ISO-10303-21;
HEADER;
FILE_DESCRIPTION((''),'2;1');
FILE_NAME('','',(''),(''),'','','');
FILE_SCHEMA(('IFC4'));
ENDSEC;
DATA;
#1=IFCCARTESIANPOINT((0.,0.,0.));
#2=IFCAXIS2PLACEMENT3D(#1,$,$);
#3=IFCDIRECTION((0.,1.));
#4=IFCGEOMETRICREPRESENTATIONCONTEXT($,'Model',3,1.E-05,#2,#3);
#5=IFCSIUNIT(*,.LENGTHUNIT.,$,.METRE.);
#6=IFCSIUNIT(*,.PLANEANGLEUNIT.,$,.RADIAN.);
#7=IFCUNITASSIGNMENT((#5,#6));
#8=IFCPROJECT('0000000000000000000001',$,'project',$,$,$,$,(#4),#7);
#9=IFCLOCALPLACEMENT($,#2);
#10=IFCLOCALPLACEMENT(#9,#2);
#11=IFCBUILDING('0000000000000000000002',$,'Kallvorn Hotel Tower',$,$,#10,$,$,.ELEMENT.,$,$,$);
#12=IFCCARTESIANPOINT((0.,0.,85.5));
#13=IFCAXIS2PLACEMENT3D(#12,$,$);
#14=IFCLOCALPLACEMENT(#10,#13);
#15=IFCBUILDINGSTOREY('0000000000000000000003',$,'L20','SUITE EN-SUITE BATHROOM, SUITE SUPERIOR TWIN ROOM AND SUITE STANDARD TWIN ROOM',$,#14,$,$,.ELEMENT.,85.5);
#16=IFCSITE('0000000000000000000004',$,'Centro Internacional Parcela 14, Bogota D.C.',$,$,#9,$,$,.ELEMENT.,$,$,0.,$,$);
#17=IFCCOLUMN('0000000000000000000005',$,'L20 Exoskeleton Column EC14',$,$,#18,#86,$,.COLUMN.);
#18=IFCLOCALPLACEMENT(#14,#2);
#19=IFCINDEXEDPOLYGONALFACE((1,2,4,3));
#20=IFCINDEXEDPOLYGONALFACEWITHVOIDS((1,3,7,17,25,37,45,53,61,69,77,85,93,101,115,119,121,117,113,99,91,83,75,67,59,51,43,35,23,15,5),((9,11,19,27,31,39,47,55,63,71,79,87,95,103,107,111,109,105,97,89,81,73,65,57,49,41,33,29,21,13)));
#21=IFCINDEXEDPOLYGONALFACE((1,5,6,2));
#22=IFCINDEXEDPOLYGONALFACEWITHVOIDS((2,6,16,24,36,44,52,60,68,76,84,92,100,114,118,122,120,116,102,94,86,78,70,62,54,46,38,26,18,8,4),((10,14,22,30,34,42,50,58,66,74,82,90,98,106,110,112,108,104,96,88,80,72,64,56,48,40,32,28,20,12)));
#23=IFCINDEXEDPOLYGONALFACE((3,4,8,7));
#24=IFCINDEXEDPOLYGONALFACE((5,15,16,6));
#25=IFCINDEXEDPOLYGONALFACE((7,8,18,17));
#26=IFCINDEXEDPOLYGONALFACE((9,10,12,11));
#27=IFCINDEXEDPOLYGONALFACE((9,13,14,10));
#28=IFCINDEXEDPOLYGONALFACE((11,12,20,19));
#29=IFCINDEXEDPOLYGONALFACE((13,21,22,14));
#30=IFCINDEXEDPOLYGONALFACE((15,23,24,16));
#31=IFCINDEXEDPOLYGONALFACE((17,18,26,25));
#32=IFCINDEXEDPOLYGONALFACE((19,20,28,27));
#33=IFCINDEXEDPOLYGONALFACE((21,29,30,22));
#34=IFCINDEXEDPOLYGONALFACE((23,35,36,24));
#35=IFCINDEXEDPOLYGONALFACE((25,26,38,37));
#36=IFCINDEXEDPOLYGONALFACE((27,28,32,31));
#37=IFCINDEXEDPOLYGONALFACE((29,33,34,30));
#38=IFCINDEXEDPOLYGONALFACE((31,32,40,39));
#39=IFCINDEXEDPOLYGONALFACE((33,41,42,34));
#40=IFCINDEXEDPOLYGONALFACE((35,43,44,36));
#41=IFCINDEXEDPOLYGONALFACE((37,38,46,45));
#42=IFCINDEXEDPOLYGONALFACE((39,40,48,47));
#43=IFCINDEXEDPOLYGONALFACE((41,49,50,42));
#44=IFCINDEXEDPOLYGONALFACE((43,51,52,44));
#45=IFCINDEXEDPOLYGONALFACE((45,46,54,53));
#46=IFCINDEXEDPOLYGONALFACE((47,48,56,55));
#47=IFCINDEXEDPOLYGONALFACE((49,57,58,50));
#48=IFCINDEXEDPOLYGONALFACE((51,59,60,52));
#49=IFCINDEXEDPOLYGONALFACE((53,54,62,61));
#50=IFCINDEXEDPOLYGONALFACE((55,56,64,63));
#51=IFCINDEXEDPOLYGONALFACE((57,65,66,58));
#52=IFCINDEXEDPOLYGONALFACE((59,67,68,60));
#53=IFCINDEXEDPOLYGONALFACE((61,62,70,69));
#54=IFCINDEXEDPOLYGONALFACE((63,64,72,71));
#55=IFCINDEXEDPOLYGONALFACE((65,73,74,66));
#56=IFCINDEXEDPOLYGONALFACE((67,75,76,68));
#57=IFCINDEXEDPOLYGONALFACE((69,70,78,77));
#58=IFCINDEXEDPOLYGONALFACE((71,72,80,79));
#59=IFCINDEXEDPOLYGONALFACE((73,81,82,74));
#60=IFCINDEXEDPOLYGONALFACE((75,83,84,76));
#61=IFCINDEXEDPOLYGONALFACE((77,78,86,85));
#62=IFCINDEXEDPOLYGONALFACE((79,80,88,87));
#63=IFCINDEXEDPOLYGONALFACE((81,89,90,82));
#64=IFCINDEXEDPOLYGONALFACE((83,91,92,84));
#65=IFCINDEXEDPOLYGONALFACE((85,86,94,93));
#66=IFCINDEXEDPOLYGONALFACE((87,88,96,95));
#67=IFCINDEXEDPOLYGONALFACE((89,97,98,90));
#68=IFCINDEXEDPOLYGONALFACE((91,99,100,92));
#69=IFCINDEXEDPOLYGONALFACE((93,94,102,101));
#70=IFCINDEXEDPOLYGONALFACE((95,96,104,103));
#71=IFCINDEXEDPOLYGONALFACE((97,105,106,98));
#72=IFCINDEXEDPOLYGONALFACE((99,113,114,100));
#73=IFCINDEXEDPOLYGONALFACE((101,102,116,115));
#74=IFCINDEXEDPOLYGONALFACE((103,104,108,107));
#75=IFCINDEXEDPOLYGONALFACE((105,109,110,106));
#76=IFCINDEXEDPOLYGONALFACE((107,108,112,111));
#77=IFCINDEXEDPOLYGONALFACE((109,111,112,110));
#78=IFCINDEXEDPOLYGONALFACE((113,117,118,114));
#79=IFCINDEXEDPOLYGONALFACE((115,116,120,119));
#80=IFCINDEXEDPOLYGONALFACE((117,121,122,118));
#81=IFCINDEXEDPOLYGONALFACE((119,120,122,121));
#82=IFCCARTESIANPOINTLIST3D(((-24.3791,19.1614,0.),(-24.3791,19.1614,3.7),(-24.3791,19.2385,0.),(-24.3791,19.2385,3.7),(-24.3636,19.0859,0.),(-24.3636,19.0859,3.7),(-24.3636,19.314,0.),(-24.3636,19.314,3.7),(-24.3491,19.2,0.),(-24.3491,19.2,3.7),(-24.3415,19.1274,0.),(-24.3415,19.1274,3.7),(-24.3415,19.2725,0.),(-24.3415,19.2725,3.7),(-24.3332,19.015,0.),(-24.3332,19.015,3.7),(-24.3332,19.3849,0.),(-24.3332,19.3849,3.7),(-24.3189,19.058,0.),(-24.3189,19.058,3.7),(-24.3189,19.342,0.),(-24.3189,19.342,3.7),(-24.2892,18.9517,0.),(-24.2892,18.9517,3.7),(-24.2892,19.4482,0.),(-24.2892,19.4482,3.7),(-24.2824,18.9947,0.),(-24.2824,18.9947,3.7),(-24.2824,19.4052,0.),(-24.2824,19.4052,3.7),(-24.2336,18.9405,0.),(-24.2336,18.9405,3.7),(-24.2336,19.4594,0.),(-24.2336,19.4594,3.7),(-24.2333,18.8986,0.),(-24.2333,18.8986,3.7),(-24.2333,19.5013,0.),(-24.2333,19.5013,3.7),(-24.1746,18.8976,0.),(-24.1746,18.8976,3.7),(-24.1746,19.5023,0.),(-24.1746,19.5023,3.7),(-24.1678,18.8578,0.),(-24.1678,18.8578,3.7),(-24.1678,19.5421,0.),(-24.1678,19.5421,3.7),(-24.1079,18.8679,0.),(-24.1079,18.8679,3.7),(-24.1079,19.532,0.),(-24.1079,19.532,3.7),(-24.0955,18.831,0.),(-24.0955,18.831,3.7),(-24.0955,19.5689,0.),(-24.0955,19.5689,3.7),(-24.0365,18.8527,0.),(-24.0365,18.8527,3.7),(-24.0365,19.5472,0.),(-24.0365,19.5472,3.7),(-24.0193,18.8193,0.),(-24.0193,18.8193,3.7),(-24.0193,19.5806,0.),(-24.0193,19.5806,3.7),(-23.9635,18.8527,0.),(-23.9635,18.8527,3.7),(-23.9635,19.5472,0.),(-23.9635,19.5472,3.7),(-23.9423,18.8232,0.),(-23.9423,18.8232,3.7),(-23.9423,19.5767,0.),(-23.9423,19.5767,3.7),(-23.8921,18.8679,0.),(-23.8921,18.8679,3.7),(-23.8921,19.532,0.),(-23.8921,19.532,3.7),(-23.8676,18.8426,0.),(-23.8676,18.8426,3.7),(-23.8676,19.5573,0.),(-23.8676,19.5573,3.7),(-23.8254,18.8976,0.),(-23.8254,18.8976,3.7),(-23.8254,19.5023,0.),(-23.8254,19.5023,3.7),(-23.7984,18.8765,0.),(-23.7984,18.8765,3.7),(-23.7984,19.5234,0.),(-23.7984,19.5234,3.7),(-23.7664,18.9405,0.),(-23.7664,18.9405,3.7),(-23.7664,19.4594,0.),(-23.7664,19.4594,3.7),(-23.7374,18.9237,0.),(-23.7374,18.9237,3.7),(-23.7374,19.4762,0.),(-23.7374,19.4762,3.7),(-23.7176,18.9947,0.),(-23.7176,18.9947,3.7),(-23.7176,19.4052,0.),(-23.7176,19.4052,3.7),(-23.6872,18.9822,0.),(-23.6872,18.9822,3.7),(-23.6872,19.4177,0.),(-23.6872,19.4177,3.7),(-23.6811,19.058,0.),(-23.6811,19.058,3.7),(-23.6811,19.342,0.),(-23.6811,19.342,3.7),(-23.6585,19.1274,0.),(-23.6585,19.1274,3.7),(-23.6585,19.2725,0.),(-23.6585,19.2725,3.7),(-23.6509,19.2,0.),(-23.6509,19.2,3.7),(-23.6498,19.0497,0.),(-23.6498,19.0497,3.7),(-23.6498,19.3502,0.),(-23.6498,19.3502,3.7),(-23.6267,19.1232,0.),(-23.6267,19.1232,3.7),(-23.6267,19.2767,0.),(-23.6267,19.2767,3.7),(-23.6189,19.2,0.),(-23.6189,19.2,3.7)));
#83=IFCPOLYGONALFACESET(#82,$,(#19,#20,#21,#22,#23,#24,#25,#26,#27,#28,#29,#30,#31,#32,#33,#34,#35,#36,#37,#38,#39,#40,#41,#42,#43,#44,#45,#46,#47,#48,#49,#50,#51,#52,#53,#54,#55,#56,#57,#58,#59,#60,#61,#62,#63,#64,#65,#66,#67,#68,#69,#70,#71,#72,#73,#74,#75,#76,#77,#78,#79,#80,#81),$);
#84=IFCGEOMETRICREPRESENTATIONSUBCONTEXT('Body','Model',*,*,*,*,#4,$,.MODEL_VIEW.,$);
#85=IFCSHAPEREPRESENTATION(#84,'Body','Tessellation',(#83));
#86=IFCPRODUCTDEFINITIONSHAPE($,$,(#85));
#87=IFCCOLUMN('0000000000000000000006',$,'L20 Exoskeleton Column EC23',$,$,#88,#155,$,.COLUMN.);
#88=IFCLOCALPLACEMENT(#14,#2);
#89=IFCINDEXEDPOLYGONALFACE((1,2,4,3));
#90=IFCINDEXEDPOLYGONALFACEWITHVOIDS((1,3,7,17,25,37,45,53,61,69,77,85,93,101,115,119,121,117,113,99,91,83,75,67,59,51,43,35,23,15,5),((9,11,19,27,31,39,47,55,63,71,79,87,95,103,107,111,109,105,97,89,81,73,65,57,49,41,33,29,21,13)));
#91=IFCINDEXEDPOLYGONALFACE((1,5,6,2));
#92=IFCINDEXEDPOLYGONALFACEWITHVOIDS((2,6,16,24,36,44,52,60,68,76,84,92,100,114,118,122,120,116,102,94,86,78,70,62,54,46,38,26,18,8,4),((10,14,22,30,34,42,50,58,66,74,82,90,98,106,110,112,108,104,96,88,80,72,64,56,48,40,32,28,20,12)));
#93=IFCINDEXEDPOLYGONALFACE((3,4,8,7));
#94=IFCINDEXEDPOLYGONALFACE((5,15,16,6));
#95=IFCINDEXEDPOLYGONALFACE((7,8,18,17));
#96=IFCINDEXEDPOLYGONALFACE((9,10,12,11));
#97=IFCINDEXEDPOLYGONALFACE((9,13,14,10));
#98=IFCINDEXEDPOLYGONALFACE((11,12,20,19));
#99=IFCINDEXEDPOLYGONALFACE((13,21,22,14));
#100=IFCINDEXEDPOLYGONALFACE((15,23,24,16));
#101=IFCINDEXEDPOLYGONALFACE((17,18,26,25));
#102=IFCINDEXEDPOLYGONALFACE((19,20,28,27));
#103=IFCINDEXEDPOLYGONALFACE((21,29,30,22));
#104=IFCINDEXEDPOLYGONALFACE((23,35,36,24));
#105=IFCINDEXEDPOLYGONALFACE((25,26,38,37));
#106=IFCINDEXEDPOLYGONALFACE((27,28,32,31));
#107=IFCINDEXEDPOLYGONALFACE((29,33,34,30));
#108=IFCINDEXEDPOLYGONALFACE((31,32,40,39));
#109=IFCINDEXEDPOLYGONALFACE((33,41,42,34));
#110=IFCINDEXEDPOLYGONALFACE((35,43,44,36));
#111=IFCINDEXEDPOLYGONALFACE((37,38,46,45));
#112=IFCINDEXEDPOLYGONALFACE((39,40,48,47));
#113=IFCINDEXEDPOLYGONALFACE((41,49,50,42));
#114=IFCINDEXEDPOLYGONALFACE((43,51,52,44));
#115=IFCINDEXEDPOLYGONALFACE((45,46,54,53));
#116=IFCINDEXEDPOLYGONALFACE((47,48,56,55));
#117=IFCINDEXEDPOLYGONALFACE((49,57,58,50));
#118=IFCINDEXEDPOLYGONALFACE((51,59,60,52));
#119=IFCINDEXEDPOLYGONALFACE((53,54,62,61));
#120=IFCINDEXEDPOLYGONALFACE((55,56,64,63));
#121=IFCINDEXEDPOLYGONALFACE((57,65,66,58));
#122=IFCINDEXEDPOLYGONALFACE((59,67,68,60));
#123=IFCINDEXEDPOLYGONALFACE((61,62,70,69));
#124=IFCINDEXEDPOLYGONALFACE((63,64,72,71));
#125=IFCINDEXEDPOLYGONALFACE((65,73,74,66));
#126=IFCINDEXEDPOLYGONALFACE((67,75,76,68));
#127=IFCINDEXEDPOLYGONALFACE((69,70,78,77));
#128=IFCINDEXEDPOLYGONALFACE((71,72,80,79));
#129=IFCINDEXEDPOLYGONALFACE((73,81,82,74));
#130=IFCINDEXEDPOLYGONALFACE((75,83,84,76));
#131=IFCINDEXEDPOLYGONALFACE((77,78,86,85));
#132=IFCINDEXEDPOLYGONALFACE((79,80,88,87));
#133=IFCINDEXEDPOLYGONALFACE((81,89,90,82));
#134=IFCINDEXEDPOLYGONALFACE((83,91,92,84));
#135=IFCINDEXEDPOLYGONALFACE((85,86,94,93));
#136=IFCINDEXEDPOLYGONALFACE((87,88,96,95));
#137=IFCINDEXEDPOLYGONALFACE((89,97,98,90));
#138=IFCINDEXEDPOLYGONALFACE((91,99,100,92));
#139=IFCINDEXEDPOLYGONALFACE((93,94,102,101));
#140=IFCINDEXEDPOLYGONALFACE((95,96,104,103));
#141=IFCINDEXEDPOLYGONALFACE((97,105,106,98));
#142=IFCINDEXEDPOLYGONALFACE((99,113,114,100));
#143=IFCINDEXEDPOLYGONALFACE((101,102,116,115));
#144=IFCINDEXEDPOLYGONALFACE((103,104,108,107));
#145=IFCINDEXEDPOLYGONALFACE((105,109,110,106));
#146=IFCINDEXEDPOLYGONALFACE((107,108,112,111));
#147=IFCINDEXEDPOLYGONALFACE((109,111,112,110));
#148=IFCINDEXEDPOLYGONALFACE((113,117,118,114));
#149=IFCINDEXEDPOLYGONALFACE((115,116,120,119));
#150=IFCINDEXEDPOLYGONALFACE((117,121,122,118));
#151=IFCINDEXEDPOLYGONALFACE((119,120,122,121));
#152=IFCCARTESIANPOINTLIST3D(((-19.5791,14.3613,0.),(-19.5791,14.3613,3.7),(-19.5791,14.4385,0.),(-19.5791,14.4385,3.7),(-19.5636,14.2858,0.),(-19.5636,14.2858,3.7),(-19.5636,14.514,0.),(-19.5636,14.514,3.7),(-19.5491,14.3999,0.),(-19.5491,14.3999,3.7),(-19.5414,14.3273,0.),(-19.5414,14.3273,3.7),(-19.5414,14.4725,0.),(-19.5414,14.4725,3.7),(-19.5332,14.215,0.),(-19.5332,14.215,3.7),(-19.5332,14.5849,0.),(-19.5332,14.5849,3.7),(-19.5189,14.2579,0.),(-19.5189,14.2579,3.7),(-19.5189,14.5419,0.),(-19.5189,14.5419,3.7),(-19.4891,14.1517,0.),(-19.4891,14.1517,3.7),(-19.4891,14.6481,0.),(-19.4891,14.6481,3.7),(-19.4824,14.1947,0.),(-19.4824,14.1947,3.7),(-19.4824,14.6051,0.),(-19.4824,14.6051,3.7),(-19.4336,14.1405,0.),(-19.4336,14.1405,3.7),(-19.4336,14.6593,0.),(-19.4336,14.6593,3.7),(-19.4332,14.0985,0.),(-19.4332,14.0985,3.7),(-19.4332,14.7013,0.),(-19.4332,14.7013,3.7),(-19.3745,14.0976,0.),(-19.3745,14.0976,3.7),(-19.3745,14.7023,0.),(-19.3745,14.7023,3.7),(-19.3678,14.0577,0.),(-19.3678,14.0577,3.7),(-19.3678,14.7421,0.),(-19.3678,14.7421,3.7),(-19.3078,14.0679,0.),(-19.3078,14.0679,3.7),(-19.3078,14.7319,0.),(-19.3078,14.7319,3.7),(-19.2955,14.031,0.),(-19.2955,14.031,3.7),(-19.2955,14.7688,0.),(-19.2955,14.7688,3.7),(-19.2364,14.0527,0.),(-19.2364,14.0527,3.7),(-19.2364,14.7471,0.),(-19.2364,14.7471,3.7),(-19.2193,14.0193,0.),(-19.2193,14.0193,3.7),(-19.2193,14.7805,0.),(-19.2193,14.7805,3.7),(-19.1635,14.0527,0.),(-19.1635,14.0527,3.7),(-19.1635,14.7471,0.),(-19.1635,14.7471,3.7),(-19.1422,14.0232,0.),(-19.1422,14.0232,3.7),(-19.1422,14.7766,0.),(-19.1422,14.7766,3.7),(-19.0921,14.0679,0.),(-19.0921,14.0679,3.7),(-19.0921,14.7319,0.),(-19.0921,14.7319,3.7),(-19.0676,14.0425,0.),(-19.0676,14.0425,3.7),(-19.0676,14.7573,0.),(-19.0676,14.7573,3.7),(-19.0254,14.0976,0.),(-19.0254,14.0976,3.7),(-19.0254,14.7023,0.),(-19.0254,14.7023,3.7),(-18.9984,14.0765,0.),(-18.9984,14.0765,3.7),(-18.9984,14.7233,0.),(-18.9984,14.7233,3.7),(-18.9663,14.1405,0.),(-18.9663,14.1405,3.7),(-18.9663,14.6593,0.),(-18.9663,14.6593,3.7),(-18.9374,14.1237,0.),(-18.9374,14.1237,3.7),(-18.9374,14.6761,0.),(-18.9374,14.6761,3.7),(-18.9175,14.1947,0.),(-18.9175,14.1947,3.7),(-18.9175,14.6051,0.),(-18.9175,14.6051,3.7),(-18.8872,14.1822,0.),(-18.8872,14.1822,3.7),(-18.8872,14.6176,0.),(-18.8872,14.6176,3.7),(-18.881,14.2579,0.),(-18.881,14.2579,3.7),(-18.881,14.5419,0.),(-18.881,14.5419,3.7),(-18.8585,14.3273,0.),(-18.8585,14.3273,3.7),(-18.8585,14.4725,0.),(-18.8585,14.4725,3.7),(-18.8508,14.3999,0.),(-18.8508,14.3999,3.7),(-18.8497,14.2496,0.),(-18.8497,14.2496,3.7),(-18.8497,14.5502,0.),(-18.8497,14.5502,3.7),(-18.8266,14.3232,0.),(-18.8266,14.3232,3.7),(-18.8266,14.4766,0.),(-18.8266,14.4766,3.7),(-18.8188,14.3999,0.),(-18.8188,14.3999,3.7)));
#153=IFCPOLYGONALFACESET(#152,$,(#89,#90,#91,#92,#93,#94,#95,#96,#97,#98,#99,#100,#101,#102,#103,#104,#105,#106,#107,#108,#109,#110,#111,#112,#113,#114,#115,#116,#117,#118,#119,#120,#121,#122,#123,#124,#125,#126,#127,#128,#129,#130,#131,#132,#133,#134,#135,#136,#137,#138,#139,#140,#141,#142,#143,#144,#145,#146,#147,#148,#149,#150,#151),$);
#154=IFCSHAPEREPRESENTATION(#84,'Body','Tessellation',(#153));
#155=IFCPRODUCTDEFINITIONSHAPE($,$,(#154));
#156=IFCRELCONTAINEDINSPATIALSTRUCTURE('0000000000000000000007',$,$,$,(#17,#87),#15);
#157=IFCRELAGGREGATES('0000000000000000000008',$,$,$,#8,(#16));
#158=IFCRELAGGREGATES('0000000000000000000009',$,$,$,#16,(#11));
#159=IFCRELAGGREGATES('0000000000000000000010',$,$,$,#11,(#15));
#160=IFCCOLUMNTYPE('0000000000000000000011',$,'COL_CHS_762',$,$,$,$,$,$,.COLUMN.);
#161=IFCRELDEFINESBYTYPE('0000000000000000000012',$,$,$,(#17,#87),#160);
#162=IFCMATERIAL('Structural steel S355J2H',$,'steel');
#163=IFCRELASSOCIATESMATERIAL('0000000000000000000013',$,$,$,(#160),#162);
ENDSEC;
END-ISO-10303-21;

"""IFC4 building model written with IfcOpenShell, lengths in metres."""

from ifc_helpers import new_model, si_unit, direction, frame, origin, origin_2d, place, context, subcontext, project, spatial, hollow_circle, extrude, material, material_profile, profile_set, type_object, element, save


model = new_model("IFC4")

# Units and contexts
model_context = context("Model", 3, precision=1e-05, world=origin(), true_north=direction((0.0, 1.0)))
body_context = subcontext(model_context, "Body", "Model", "MODEL_VIEW")
ifc_project = project(units=[si_unit("LENGTHUNIT", "METRE"), si_unit("PLANEANGLEUNIT", "RADIAN")], contexts=[model_context])

# Site, building, storey
site_placement = place(None, origin())
site = spatial("IfcSite", under=ifc_project, at=site_placement, Name="Centro Internacional Parcela 14, Bogota D.C.", CompositionType="ELEMENT", RefElevation=0.0)
building_placement = place(site_placement, origin())
building = spatial("IfcBuilding", under=site, at=building_placement, Name="Kallvorn Hotel Tower", CompositionType="ELEMENT")
storey_placement = place(building_placement, frame((0.0, 0.0, 85.5)))
storey = spatial("IfcBuildingStorey", under=building, at=storey_placement, Name="L20", Description="SUITE EN-SUITE BATHROOM, SUITE SUPERIOR TWIN ROOM AND SUITE STANDARD TWIN ROOM", CompositionType="ELEMENT", Elevation=85.5)

# Columns
ifc_material_1 = material(Name="Structural steel S355J2H", Category="steel")
ifc_material_profile_1 = material_profile(ifc_material_1, hollow_circle(Radius=0.3811, WallThickness=0.032, at=origin_2d()), Name="CHS 762x32")
ifc_profile_set_1 = profile_set([ifc_material_profile_1], Name="Structural steel S355J2H")
column_type_1 = type_object("IfcColumnType", Name="COL_CHS_762", PredefinedType="COLUMN", material=ifc_profile_set_1)
for number, where, z_axis, x_axis, name in (
    (1, (-24.0, 19.2, 0.0), (0.0, 0.0, 1.0), (1.0, 0.0, 0.0), "L20 Exoskeleton Column EC14"),
    (2, (-19.2, 14.3999, 0.0), (0.0, 0.0, 1.0), (1.0, 0.0, 0.0), "L20 Exoskeleton Column EC23"),
):
    element("IfcColumn", number, at=place(storey_placement, frame(where, z_axis=z_axis, x_axis=x_axis)), inside=storey, type_object=column_type_1, Name=name, PredefinedType="COLUMN", context=body_context, shape_type="SweptSolid", body=[
        extrude(hollow_circle(Radius=0.3811, WallThickness=0.032, at=origin_2d()), origin(), (0.0, 0.0, 1.0), 3.7),
    ])

save(model, "model.ifc")
